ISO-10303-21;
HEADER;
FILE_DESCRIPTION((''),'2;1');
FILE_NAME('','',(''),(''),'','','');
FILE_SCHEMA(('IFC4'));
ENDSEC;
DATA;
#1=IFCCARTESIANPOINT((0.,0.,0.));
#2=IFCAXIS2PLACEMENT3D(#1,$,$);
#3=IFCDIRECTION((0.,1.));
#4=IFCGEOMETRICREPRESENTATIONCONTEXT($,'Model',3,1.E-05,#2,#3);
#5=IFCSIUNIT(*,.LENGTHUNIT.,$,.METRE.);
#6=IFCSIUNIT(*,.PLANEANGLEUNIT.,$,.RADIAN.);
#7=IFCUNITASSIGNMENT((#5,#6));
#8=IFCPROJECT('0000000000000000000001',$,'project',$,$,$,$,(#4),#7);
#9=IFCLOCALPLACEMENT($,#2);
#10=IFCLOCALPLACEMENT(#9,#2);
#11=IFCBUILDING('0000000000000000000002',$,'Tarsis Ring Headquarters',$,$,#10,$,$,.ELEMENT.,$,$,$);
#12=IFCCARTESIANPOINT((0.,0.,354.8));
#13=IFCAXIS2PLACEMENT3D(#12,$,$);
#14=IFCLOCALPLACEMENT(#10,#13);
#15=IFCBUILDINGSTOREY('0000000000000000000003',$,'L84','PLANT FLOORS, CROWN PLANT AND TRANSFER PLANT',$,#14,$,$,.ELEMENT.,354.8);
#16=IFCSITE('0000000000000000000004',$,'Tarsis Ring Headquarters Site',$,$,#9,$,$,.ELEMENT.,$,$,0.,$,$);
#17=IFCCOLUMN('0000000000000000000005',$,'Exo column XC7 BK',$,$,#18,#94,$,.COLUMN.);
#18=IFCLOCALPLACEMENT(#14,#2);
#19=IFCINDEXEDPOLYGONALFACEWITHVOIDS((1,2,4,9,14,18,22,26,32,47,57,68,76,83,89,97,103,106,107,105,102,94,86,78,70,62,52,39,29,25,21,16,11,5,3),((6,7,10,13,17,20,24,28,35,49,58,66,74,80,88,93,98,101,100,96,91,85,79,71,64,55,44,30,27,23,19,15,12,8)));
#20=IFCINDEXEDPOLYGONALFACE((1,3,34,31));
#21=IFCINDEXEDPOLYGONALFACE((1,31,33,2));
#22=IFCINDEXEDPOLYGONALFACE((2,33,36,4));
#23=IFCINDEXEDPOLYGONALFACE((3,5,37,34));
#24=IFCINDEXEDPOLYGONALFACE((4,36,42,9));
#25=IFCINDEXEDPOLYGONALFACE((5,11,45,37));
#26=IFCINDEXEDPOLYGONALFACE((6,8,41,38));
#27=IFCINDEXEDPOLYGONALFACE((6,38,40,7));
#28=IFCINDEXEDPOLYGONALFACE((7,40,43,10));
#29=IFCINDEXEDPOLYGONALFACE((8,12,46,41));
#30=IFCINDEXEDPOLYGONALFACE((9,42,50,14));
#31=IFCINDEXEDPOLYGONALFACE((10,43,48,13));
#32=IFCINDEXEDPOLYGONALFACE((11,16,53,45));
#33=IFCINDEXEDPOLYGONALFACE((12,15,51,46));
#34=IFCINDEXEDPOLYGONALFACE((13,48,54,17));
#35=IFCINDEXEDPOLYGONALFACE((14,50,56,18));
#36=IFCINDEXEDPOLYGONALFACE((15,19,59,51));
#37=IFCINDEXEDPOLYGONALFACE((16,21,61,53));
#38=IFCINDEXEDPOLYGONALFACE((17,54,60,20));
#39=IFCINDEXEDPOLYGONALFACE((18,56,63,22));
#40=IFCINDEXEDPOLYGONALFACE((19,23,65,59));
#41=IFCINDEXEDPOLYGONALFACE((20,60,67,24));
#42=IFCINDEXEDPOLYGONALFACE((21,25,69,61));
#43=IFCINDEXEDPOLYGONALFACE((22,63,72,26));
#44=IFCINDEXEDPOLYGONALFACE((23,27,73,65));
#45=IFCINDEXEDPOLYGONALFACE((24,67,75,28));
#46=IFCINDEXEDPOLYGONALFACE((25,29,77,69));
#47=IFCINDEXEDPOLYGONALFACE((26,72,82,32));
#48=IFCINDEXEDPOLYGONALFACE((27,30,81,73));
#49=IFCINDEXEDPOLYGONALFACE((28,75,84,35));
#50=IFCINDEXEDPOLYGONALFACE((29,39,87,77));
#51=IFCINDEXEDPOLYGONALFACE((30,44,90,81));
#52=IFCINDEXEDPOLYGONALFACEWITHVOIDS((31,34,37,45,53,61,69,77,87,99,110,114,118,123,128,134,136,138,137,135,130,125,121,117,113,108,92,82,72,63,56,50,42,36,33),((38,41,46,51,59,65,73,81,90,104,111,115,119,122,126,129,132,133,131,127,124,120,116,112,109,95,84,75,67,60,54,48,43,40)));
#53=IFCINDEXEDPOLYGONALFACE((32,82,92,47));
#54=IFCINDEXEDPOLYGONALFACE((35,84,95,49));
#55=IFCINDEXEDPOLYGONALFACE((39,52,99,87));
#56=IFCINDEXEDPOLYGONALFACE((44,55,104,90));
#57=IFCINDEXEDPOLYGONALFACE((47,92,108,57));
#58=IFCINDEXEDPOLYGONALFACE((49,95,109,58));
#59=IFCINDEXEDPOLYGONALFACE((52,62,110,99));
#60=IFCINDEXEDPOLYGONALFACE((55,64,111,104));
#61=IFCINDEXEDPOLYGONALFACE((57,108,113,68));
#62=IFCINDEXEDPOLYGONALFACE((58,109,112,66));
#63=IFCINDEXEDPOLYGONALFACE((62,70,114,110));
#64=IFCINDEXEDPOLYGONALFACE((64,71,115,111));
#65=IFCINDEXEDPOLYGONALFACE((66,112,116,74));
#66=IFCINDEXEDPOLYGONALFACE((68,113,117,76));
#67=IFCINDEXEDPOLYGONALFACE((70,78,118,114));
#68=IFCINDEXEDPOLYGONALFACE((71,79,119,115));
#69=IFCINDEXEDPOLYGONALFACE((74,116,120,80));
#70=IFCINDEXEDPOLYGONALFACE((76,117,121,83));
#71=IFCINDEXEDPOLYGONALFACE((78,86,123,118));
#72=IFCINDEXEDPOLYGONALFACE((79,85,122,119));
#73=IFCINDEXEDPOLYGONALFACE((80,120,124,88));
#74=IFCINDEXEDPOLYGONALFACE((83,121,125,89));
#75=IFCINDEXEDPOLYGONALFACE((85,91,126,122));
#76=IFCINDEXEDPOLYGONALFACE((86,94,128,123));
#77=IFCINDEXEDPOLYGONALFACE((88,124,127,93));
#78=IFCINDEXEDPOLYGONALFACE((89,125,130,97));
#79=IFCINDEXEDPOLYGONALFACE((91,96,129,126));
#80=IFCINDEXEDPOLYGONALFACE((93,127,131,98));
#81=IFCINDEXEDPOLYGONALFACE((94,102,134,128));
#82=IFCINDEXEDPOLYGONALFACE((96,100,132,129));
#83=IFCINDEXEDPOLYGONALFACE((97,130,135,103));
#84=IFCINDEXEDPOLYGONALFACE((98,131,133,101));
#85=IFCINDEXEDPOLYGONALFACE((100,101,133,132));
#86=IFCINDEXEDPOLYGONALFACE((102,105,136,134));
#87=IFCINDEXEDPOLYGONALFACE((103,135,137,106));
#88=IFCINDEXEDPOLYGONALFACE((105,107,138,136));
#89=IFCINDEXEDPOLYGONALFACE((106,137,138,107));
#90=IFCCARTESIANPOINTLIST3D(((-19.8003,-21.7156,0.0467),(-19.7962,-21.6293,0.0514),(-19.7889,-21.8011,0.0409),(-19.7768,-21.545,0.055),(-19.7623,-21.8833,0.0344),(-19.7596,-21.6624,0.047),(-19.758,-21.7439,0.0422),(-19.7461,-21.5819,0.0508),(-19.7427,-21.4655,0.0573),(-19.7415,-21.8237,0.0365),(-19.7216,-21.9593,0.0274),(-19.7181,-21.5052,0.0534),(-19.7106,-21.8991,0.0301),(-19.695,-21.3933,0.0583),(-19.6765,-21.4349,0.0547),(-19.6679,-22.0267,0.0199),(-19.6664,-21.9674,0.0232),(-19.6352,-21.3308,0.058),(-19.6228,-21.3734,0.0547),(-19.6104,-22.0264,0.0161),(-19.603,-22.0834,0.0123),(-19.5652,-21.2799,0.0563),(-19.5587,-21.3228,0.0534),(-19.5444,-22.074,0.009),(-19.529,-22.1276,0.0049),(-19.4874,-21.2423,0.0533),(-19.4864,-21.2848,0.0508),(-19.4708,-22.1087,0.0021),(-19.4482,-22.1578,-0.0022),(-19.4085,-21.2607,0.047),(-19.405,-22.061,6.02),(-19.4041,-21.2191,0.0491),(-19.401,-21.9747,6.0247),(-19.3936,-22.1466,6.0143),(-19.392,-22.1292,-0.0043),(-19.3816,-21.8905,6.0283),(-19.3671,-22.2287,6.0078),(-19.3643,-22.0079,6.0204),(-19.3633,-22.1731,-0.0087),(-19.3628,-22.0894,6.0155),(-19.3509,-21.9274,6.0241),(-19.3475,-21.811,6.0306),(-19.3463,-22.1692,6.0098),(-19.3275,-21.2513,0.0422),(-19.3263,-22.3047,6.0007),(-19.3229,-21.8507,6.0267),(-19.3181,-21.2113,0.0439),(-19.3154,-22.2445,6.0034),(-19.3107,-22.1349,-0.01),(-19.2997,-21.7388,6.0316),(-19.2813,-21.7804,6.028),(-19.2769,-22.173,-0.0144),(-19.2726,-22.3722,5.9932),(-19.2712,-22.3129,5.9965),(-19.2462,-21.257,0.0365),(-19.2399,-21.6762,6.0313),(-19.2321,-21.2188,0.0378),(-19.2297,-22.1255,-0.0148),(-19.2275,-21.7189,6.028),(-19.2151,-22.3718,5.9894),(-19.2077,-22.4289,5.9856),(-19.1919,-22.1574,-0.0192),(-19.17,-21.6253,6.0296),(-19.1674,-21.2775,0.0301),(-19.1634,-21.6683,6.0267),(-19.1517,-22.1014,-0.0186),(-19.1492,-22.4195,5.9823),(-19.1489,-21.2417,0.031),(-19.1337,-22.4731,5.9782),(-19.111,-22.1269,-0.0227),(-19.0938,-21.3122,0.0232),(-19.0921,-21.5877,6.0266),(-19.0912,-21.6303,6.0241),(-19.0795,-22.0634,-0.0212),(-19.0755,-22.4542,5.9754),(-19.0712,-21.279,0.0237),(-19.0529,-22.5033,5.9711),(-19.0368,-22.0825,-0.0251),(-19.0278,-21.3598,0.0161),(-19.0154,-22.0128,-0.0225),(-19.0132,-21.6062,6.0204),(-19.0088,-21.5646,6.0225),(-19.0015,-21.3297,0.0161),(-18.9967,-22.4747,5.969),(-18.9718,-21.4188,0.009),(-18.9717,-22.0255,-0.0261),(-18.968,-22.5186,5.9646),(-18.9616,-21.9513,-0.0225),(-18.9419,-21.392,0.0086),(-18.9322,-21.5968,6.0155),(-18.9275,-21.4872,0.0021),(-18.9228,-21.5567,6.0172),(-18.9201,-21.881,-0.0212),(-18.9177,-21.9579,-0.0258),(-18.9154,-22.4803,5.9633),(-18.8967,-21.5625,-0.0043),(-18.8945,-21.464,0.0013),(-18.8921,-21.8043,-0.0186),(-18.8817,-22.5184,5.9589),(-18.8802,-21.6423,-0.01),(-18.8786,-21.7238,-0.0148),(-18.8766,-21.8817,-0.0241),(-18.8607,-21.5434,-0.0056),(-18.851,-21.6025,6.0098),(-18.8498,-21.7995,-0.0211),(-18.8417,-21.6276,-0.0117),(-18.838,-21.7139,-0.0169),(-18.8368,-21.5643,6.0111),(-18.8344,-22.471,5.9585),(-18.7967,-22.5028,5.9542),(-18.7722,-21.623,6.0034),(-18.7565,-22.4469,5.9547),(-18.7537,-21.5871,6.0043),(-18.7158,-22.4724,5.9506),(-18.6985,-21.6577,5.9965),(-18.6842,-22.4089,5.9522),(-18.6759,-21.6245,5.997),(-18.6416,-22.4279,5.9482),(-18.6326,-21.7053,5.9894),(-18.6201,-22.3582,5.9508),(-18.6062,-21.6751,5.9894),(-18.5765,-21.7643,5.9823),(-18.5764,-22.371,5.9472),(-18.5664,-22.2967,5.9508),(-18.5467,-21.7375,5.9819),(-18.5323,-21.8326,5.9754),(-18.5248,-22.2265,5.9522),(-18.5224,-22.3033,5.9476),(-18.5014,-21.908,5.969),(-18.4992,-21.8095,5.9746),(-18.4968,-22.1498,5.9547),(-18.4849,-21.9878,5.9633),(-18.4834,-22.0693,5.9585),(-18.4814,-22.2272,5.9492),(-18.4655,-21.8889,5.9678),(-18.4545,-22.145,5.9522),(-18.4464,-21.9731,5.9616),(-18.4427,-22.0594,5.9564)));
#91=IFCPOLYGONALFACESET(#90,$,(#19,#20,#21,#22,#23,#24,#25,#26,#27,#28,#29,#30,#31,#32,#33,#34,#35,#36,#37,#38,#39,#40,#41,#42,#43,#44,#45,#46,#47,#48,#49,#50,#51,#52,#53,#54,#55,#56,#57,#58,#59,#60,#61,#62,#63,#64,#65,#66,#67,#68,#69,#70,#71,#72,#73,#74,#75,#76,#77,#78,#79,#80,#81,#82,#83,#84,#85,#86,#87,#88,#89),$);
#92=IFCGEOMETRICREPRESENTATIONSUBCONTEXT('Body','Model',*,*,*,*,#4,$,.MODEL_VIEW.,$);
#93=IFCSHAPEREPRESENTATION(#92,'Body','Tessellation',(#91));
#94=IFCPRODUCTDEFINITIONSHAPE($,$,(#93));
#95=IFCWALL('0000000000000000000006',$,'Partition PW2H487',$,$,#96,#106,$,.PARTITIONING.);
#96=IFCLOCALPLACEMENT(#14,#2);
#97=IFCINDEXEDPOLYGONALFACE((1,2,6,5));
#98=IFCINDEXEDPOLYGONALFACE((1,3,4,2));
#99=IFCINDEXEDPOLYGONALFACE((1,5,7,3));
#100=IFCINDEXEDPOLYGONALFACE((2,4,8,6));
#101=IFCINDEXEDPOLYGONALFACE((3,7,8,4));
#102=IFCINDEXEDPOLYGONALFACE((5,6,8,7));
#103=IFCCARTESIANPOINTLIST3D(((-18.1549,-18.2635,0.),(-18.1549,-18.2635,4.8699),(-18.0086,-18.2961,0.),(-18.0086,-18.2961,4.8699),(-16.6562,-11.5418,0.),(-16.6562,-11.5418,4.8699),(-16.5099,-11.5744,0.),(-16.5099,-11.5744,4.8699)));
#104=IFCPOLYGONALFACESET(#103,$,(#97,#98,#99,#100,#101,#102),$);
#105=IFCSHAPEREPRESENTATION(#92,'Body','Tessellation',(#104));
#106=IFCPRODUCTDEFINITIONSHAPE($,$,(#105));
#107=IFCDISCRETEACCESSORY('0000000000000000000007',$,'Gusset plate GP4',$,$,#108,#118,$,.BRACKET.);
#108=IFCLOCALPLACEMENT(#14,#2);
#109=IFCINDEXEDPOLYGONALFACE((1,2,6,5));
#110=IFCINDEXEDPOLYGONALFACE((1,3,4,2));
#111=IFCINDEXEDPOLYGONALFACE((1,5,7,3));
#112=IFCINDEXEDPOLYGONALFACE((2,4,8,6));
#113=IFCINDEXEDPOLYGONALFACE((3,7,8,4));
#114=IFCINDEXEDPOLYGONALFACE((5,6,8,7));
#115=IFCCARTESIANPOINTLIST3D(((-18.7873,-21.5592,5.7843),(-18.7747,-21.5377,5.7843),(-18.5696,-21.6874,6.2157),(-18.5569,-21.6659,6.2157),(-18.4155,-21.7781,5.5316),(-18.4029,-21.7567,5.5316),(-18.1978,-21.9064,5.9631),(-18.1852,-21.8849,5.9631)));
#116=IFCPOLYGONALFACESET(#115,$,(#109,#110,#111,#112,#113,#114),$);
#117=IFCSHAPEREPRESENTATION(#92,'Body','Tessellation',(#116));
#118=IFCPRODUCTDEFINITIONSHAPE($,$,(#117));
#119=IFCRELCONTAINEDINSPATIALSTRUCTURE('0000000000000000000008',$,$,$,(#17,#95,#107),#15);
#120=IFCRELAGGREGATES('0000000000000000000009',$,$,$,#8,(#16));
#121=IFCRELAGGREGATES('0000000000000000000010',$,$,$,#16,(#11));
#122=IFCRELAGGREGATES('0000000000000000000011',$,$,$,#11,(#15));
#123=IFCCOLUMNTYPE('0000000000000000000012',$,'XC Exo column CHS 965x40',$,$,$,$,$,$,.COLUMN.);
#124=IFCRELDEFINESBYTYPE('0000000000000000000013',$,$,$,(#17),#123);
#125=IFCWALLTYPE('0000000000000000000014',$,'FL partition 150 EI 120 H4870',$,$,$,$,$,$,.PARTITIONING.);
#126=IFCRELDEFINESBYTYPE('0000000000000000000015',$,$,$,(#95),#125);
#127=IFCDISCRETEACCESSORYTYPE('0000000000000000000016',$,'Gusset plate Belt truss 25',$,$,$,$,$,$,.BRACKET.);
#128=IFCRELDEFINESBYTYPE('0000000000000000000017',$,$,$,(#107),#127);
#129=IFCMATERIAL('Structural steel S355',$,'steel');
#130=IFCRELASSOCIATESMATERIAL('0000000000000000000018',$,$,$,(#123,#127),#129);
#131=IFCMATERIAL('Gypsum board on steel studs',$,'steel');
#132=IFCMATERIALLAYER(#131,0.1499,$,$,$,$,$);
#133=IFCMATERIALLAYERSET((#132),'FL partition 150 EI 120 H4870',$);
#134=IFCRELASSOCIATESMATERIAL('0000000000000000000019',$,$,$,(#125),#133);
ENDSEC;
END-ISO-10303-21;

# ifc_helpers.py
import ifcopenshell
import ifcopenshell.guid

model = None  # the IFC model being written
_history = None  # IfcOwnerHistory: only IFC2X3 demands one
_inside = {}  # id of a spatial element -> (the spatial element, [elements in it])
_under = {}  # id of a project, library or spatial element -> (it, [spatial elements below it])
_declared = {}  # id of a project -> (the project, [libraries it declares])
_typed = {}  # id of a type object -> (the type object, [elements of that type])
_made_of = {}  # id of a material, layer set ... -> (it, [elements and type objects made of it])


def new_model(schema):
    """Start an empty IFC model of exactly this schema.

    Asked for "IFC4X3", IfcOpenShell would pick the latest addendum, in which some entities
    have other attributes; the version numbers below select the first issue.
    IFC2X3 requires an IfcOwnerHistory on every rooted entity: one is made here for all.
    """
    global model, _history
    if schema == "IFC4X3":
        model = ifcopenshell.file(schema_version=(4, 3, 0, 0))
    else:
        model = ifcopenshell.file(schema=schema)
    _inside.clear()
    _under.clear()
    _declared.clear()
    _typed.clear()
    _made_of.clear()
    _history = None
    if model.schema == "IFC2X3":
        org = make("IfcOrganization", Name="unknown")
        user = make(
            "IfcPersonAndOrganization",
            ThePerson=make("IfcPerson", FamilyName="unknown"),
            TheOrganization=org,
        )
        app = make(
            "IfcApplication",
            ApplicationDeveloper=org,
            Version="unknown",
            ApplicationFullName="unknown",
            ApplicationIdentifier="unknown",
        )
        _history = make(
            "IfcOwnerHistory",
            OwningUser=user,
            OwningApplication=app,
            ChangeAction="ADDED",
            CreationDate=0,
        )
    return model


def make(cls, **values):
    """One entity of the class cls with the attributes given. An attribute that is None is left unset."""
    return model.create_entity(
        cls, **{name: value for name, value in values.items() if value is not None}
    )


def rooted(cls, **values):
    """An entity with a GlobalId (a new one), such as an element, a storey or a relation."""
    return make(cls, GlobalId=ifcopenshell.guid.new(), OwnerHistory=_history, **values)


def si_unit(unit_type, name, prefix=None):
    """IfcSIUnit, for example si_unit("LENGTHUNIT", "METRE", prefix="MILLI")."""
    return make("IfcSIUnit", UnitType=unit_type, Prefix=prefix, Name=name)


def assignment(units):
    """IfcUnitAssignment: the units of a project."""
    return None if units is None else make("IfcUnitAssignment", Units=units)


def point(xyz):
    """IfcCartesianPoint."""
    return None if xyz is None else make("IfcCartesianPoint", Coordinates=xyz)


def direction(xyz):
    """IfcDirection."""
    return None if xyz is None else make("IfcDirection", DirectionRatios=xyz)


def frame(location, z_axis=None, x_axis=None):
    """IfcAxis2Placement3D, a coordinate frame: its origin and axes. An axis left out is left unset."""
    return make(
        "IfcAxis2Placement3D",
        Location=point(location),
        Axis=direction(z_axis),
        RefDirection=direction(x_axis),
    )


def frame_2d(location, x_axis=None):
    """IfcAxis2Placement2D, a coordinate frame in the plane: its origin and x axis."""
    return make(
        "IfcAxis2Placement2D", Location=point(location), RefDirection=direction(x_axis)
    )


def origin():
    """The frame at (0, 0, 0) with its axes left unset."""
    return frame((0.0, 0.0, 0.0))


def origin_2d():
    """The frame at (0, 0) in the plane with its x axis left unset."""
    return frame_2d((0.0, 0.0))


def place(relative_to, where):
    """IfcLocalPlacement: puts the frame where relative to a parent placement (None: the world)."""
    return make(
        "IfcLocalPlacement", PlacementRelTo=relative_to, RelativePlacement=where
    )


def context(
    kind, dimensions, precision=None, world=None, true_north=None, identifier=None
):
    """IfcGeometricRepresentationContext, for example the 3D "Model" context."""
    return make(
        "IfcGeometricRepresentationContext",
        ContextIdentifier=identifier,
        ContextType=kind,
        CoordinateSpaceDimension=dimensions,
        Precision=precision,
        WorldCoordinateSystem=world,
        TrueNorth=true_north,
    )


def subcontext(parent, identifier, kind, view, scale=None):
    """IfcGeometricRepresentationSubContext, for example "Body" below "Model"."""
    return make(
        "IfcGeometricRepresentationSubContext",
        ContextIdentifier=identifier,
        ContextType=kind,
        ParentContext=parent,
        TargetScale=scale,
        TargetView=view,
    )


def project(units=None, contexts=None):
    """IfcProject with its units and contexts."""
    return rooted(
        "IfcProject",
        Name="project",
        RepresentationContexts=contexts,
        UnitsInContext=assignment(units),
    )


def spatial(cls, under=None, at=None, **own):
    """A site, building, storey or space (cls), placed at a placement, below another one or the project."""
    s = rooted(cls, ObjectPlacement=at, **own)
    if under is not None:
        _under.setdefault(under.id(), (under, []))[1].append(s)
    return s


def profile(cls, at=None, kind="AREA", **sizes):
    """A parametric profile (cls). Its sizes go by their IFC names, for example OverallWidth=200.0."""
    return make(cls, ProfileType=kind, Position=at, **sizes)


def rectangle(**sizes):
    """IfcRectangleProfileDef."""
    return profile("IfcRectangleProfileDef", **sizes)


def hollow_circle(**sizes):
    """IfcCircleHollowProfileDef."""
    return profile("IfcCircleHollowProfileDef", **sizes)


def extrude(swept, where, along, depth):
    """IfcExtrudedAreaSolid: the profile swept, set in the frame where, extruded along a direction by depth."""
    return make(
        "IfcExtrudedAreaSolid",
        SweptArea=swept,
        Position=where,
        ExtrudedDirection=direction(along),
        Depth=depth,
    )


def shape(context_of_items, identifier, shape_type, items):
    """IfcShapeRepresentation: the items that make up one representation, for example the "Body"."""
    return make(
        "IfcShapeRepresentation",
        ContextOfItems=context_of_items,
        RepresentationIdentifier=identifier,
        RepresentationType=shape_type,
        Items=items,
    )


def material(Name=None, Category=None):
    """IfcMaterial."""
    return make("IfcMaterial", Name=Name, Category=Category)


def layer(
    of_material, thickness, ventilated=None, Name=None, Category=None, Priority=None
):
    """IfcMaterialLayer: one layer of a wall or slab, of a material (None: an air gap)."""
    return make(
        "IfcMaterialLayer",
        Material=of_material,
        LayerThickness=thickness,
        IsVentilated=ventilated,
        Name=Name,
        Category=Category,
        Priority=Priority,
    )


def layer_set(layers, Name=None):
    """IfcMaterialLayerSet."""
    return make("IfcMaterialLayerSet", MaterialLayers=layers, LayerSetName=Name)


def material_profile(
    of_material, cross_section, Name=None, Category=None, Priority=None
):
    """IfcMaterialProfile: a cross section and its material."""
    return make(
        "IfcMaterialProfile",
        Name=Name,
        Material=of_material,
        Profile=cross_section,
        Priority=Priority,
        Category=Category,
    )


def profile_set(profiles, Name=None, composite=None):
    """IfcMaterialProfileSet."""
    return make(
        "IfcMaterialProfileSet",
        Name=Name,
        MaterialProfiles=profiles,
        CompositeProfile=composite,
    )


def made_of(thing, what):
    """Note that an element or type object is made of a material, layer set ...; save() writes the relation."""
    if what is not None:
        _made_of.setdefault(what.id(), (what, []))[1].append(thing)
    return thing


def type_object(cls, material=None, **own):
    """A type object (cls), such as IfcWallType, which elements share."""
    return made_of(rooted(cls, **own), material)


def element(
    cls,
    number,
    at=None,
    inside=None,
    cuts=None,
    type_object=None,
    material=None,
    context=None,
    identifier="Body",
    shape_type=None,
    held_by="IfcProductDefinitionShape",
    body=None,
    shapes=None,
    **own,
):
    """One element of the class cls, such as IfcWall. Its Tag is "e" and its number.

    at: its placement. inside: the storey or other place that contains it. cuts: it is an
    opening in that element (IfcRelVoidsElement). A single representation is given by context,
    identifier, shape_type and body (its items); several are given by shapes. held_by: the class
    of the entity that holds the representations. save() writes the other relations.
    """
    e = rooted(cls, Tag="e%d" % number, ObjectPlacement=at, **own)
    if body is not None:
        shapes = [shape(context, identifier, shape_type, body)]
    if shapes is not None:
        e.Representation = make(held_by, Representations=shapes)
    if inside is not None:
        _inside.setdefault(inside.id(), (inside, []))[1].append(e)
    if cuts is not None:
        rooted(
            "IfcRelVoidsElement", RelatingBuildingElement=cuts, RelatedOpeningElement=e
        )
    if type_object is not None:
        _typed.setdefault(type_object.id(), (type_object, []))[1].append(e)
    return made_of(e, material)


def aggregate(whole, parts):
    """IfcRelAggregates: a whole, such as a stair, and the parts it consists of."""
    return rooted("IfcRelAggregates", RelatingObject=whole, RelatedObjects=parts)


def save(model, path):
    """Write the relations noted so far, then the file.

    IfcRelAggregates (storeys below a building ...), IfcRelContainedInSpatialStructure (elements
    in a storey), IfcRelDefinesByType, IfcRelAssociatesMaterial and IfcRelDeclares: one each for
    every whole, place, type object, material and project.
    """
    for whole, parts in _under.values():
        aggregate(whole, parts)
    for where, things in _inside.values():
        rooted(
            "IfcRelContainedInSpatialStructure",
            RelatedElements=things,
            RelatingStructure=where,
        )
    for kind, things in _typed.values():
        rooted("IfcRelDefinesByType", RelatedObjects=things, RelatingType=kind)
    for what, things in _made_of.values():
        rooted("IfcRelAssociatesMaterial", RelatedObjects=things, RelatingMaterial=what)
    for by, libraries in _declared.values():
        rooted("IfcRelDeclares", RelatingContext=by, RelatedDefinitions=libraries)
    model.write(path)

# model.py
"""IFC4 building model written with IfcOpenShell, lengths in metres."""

from ifc_helpers import new_model, si_unit, direction, frame, frame_2d, origin, origin_2d, place, context, subcontext, project, spatial, rectangle, hollow_circle, extrude, material, layer, layer_set, material_profile, profile_set, type_object, element, save


model = new_model("IFC4")

# Units and contexts
model_context = context("Model", 3, precision=1e-05, world=origin(), true_north=direction((0.0, 1.0)))
body_context = subcontext(model_context, "Body", "Model", "MODEL_VIEW")
ifc_project = project(units=[si_unit("LENGTHUNIT", "METRE"), si_unit("PLANEANGLEUNIT", "RADIAN")], contexts=[model_context])

# Site, building, storey
site_placement = place(None, origin())
site = spatial("IfcSite", under=ifc_project, at=site_placement, Name="Tarsis Ring Headquarters Site", CompositionType="ELEMENT", RefElevation=0.0)
building_placement = place(site_placement, origin())
building = spatial("IfcBuilding", under=site, at=building_placement, Name="Tarsis Ring Headquarters", CompositionType="ELEMENT")
storey_placement = place(building_placement, frame((0.0, 0.0, 354.8)))
storey = spatial("IfcBuildingStorey", under=building, at=storey_placement, Name="L84", Description="PLANT FLOORS, CROWN PLANT AND TRANSFER PLANT", CompositionType="ELEMENT", Elevation=354.8)

# Column
ifc_material_1 = material(Name="Structural steel S355", Category="steel")
ifc_material_profile_1 = material_profile(ifc_material_1, hollow_circle(Radius=0.4827, WallThickness=0.04, at=origin_2d()), Name="CHS 965x40")
ifc_profile_set_1 = profile_set([ifc_material_profile_1], Name="Structural steel S355")
column_type = type_object("IfcColumnType", Name="XC Exo column CHS 965x40", PredefinedType="COLUMN", material=ifc_profile_set_1)
column_placement = place(storey_placement, frame((-19.3191, -21.6931, 0.0161), z_axis=(0.065917, -0.057611, 0.996161), x_axis=(0.658076, 0.752951, 0.0)))
element("IfcColumn", 1, at=column_placement, inside=storey, type_object=column_type, Name="Exo column XC7 BK", PredefinedType="COLUMN", context=body_context, shape_type="SweptSolid", body=[
    extrude(hollow_circle(Radius=0.4827, WallThickness=0.04, at=origin_2d()), origin(), (0.0, 0.0, 1.0), 5.9963),
])

# Wall
ifc_material_2 = material(Name="Gypsum board on steel studs", Category="steel")
ifc_layer = layer(ifc_material_2, 0.1499)
ifc_layer_set = layer_set([ifc_layer], Name="FL partition 150 EI 120 H4870")
wall_type = type_object("IfcWallType", Name="FL partition 150 EI 120 H4870", PredefinedType="PARTITIONING", material=ifc_layer_set)
wall_placement = place(storey_placement, frame((-18.0818, -18.2798, 0.0), z_axis=(0.0, 0.0, 1.0), x_axis=(0.217632, 0.976031, 0.0)))
element("IfcWall", 2, at=wall_placement, inside=storey, type_object=wall_type, Name="Partition PW2H487", PredefinedType="PARTITIONING", context=body_context, shape_type="SweptSolid", body=[
    extrude(rectangle(XDim=6.8867, YDim=0.1499, at=frame_2d((3.4434, 0.0))), origin(), (0.0, 0.0, 1.0), 4.8699),
])

# Discrete accessory
ifc_material_profile_2 = material_profile(ifc_material_1, rectangle(XDim=0.0249, YDim=0.5, at=origin_2d()), Name="PL 25x500")
ifc_profile_set_2 = profile_set([ifc_material_profile_2], Name="Structural steel S355")
discrete_accessory_type = type_object("IfcDiscreteAccessoryType", Name="Gusset plate Belt truss 25", PredefinedType="BRACKET", material=ifc_profile_set_2)
discrete_accessory_placement = place(storey_placement, frame((-18.6721, -21.6125, 6.0), z_axis=(0.743558, -0.437933, -0.505307), x_axis=(0.50749, 0.861658, 0.0)))
element("IfcDiscreteAccessory", 3, at=discrete_accessory_placement, inside=storey, type_object=discrete_accessory_type, Name="Gusset plate GP4", PredefinedType="BRACKET", context=body_context, shape_type="SweptSolid", body=[
    extrude(rectangle(XDim=0.0249, YDim=0.5, at=origin_2d()), origin(), (0.0, 0.0, 1.0), 0.5),
])

save(model, "model.ifc")
